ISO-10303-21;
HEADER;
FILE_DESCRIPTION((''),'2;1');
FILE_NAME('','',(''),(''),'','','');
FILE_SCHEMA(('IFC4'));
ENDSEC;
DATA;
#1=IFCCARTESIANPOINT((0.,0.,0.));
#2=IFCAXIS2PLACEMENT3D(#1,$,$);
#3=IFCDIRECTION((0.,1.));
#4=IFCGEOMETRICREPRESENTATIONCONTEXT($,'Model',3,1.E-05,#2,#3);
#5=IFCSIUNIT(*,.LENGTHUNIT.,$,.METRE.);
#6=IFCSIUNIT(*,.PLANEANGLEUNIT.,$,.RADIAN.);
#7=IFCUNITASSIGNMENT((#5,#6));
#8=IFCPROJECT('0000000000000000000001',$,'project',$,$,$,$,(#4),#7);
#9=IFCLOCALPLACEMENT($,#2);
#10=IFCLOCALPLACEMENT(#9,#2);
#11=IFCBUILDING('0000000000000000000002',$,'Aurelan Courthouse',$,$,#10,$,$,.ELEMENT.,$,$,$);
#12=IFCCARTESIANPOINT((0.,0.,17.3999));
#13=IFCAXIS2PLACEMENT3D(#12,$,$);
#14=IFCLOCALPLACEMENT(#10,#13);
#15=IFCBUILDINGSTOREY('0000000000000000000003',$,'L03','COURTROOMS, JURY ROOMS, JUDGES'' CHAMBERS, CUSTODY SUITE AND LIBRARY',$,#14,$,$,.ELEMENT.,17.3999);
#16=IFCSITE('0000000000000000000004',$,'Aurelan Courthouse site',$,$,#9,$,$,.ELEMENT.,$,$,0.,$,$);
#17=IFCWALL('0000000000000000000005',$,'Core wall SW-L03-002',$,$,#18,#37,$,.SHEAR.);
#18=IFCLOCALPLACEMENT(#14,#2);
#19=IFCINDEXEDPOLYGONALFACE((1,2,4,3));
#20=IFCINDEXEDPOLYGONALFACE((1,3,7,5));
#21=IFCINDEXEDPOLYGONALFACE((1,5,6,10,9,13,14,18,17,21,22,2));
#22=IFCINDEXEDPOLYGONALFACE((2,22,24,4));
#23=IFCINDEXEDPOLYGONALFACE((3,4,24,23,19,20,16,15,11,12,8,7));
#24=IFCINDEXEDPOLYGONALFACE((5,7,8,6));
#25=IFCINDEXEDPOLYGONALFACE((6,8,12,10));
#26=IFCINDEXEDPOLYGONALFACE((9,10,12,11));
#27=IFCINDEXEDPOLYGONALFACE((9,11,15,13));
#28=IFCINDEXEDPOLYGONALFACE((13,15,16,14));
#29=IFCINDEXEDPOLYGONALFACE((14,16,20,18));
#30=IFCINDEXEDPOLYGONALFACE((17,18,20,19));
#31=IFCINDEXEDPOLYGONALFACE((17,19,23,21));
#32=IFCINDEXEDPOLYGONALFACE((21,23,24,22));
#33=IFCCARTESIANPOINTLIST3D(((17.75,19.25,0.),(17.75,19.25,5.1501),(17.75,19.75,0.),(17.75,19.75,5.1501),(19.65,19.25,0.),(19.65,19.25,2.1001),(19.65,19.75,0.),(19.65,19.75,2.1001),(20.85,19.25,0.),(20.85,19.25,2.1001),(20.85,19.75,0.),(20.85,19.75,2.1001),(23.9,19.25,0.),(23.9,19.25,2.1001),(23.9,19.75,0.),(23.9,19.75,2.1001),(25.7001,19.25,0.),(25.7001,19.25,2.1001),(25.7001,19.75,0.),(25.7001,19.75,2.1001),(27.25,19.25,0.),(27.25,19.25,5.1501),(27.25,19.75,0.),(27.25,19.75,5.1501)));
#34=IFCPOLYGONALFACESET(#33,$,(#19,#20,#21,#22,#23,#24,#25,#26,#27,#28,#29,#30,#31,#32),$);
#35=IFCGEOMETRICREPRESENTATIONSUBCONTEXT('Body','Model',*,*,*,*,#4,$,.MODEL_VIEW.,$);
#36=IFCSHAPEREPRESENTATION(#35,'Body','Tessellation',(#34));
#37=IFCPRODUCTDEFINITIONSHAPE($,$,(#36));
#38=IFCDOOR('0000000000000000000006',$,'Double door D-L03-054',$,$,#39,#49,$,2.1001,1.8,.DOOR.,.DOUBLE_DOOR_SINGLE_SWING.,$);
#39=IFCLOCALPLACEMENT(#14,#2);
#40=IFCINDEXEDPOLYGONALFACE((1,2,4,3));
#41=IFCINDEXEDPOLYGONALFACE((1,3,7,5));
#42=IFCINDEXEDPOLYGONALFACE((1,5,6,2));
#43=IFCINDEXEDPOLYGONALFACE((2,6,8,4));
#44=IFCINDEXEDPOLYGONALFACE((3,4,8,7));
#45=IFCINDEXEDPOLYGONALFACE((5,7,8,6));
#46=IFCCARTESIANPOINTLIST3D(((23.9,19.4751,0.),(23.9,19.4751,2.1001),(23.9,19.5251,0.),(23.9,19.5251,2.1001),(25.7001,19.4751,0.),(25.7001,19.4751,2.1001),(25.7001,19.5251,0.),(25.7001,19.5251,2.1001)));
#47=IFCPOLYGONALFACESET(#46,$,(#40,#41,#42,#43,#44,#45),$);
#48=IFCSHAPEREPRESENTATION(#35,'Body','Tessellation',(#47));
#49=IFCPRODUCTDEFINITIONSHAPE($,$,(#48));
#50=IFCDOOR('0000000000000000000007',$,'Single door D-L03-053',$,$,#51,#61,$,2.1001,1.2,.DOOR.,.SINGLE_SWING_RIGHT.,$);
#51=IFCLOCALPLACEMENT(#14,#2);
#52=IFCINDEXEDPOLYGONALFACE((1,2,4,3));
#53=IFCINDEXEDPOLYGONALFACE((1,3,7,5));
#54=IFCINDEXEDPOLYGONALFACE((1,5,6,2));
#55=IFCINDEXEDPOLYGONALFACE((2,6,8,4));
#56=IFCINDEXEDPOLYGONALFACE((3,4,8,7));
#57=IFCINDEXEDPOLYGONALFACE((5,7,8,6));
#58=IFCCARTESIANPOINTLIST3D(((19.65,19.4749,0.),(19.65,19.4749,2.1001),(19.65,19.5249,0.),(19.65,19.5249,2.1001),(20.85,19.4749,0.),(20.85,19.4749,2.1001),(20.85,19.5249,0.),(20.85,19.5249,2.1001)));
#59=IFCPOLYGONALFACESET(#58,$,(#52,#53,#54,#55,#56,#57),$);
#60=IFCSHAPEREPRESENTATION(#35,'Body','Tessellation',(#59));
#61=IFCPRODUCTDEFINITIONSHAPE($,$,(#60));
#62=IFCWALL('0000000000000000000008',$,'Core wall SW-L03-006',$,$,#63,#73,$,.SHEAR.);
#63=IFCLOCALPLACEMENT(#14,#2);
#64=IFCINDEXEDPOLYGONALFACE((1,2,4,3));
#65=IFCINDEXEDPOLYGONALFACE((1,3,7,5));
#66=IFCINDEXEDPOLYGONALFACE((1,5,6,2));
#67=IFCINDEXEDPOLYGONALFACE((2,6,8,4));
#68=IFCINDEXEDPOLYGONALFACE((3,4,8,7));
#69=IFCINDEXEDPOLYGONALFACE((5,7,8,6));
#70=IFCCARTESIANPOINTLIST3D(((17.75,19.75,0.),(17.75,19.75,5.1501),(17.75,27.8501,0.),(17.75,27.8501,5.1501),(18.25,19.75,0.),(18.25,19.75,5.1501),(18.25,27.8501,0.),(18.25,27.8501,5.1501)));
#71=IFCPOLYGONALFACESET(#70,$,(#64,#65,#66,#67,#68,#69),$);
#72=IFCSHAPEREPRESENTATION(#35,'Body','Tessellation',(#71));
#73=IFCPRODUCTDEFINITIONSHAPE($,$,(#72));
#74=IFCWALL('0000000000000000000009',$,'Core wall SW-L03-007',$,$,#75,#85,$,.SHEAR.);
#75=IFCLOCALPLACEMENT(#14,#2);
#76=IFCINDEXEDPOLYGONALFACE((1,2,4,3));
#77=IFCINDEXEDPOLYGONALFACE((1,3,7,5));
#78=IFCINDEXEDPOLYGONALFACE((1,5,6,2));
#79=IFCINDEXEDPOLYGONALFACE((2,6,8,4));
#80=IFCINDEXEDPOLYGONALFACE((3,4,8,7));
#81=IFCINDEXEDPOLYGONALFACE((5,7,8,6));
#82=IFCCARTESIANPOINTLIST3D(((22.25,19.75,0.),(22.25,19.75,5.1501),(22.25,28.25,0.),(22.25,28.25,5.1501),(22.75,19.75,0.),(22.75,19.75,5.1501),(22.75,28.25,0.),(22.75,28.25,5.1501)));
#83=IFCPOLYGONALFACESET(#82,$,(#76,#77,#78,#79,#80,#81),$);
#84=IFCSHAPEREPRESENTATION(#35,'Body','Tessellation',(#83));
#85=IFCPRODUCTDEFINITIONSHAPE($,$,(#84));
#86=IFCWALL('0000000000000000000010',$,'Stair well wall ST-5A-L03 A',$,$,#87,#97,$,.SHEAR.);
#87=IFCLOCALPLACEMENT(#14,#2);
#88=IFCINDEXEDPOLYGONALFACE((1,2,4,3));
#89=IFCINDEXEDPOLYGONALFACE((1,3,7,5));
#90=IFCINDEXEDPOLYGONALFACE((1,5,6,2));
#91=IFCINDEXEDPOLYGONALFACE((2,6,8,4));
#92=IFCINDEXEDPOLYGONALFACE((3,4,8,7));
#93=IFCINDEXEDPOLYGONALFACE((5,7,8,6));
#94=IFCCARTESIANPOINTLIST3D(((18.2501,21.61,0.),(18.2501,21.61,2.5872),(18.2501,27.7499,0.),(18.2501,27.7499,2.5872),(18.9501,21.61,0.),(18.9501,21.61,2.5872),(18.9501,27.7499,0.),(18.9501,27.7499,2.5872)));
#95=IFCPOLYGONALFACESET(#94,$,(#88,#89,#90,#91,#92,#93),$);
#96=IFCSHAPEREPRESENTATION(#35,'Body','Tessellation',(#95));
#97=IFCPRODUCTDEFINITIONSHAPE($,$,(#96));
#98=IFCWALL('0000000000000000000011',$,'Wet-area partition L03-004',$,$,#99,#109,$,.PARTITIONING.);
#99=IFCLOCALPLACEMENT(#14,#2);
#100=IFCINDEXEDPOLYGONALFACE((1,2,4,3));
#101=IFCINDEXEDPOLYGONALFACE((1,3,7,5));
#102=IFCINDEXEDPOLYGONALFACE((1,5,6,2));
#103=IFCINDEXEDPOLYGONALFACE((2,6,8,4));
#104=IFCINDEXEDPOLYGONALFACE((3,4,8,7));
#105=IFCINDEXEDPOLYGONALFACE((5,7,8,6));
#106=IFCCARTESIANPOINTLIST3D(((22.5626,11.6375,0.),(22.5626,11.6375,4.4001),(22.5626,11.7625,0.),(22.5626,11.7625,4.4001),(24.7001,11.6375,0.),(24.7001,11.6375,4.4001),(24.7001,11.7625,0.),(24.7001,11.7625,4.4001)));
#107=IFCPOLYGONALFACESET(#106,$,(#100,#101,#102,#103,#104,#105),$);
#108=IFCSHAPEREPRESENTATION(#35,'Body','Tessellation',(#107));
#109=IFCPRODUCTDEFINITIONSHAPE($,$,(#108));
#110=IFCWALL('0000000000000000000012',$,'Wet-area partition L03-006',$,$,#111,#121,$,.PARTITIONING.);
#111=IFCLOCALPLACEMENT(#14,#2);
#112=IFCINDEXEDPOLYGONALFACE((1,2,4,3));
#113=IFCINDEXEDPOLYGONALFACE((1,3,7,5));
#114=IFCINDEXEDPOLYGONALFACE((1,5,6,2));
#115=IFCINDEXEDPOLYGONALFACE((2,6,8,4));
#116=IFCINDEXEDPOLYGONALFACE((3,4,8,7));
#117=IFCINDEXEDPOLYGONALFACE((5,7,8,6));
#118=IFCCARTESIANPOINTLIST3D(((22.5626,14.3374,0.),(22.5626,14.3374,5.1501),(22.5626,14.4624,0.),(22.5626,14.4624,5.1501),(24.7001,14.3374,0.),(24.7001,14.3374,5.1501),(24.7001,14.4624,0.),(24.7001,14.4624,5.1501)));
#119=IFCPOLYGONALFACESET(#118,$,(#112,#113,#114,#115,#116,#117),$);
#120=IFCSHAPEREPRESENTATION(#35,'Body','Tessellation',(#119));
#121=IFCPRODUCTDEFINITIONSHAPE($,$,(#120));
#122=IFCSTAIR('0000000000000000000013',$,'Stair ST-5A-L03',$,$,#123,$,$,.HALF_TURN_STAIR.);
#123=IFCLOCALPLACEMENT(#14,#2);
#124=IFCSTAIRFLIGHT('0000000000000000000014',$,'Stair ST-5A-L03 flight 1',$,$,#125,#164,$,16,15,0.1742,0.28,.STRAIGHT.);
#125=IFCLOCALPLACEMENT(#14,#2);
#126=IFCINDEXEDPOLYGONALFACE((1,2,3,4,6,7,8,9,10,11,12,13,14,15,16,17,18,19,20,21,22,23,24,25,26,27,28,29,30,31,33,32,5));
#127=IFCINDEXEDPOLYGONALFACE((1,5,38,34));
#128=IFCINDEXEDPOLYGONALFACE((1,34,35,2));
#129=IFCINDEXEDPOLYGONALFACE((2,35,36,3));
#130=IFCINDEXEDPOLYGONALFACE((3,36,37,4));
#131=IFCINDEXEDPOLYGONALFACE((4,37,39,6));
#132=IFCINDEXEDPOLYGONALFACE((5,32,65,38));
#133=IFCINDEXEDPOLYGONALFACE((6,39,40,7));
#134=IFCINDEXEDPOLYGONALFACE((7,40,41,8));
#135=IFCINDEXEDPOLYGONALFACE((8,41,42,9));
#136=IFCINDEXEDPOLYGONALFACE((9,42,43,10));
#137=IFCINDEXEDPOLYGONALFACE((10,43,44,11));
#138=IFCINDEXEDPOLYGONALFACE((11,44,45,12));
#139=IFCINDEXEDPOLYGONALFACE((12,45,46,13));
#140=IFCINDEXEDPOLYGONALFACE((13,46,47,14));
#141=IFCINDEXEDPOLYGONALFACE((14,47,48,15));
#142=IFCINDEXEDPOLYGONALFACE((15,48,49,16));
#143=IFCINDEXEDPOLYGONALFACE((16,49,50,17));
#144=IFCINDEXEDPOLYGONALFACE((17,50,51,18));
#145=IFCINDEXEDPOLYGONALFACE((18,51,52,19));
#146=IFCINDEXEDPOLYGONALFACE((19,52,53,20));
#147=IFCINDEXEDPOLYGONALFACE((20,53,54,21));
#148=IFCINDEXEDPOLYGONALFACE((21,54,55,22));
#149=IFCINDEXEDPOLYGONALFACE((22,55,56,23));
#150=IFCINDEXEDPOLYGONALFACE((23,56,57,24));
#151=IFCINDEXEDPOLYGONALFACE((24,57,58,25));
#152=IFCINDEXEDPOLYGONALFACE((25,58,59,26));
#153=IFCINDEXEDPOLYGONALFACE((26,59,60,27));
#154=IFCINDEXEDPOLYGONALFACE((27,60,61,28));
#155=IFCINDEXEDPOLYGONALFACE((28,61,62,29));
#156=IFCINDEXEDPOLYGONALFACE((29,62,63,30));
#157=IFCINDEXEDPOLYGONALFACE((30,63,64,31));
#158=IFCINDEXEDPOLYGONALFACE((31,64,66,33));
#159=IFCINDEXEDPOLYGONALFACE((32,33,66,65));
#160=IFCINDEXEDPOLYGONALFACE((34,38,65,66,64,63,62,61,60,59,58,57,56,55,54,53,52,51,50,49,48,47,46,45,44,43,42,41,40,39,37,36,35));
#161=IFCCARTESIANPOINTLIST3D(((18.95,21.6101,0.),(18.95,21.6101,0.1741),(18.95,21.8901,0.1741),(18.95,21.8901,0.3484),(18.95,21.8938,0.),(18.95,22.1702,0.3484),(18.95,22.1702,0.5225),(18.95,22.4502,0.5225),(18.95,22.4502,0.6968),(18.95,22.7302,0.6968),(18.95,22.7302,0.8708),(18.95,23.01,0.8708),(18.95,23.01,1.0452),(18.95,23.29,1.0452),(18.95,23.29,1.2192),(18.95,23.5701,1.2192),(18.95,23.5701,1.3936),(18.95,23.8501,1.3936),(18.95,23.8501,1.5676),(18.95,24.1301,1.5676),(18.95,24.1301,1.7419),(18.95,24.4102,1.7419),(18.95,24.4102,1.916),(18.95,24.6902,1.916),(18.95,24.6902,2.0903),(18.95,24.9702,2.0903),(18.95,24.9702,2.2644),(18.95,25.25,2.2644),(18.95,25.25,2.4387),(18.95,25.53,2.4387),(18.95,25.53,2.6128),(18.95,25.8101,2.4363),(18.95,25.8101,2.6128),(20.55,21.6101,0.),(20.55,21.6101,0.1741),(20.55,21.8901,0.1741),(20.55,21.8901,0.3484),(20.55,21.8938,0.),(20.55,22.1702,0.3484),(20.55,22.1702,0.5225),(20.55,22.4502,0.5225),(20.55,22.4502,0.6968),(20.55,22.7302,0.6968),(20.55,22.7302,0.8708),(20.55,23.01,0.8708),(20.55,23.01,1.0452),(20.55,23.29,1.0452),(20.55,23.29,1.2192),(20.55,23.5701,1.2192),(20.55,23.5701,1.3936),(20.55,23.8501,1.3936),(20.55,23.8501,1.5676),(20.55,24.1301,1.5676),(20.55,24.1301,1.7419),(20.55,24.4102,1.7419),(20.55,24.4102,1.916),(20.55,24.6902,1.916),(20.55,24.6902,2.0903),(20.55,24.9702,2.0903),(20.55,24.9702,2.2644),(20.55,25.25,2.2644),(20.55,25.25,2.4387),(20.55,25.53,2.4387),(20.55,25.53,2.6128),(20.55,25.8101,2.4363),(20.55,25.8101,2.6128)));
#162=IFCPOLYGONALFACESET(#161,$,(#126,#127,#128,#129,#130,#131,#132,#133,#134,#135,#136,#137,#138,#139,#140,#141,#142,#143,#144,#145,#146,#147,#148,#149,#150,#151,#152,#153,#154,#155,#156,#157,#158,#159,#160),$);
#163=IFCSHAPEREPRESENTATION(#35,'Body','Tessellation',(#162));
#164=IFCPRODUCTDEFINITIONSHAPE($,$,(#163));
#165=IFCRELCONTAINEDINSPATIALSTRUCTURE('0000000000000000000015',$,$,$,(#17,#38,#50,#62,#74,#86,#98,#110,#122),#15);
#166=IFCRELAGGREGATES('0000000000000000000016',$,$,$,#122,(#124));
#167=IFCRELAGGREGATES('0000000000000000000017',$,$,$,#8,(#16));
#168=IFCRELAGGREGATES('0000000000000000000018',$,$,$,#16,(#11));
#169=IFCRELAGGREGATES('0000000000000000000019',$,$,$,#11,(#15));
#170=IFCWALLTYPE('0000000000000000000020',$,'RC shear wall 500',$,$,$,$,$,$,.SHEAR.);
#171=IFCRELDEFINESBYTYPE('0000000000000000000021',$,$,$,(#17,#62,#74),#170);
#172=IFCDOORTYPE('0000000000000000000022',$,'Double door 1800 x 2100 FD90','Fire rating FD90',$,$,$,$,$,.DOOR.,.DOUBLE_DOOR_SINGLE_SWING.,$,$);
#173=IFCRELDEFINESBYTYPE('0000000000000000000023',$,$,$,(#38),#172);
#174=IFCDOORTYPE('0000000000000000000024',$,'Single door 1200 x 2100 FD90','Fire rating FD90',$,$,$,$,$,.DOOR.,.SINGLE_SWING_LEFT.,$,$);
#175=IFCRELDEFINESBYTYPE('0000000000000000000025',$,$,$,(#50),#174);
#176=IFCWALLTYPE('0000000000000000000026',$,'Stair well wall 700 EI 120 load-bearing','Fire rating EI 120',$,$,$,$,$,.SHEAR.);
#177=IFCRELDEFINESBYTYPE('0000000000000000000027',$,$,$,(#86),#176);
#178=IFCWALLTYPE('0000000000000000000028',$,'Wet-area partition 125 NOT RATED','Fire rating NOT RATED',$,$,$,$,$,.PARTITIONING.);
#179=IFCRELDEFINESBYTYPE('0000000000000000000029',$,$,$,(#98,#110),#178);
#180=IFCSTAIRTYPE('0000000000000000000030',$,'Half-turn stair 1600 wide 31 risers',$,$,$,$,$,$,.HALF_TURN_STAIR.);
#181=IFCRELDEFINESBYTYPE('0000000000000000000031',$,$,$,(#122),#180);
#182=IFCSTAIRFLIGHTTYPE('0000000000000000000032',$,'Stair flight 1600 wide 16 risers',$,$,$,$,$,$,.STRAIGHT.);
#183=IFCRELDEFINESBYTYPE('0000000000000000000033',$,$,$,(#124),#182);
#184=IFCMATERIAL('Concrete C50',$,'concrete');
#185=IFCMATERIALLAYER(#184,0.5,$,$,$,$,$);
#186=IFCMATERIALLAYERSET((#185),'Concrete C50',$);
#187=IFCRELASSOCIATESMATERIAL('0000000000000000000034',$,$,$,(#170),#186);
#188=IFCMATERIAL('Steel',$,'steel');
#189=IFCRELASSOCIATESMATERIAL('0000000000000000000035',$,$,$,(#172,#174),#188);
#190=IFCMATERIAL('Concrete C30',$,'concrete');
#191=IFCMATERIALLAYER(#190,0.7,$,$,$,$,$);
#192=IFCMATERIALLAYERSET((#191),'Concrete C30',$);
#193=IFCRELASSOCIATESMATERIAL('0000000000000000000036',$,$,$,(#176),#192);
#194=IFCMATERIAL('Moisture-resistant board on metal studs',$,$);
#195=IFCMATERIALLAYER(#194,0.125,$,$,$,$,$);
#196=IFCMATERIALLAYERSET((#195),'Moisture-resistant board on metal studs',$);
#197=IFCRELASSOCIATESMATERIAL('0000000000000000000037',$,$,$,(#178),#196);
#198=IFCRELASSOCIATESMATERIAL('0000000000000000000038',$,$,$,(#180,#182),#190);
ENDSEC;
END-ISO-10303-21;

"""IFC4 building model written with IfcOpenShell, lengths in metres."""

from ifc_helpers import new_model, si_unit, direction, frame, frame_2d, origin, place, context, subcontext, project, spatial, polyline, rectangle, outline, extrude, material, layer, layer_set, type_object, element, fill, aggregate, save


model = new_model("IFC4")

# Units and contexts
model_context = context("Model", 3, precision=1e-05, world=origin(), true_north=direction((0.0, 1.0)))
body_context = subcontext(model_context, "Body", "Model", "MODEL_VIEW")
ifc_project = project(units=[si_unit("LENGTHUNIT", "METRE"), si_unit("PLANEANGLEUNIT", "RADIAN")], contexts=[model_context])

# Site, building, storey
site_placement = place(None, origin())
site = spatial("IfcSite", under=ifc_project, at=site_placement, Name="Aurelan Courthouse site", CompositionType="ELEMENT", RefElevation=0.0)
building_placement = place(site_placement, origin())
building = spatial("IfcBuilding", under=site, at=building_placement, Name="Aurelan Courthouse", CompositionType="ELEMENT")
storey_placement = place(building_placement, frame((0.0, 0.0, 17.3999)))
storey = spatial("IfcBuildingStorey", under=building, at=storey_placement, Name="L03", Description="COURTROOMS, JURY ROOMS, JUDGES' CHAMBERS, CUSTODY SUITE AND LIBRARY", CompositionType="ELEMENT", Elevation=17.3999)

# Shared definitions
ifc_material_1 = material(Name="Concrete C50", Category="concrete")

# Shared definitions
ifc_material_2 = material(Name="Steel", Category="steel")

# Wall, openings, doors
ifc_layer_1 = layer(ifc_material_1, 0.5)
ifc_layer_set_1 = layer_set([ifc_layer_1], Name="Concrete C50")
wall_type_1 = type_object("IfcWallType", Name="RC shear wall 500", PredefinedType="SHEAR", material=ifc_layer_set_1)
wall_1_placement = place(storey_placement, frame((17.75, 19.5, 0.0), z_axis=(0.0, 0.0, 1.0), x_axis=(1.0, 0.0, 0.0)))
wall_1 = element("IfcWall", 1, at=wall_1_placement, inside=storey, type_object=wall_type_1, Name="Core wall SW-L03-002", PredefinedType="SHEAR", context=body_context, shape_type="SweptSolid", body=[
    extrude(rectangle(XDim=9.5, YDim=0.5, at=frame_2d((4.75, 0.0))), origin(), (0.0, 0.0, 1.0), 5.1501),
])
opening_1_placement = place(wall_1_placement, frame((1.8999, 0.0, 0.0)))
opening_1 = element("IfcOpeningElement", 2, at=opening_1_placement, cuts=wall_1, PredefinedType="OPENING", context=body_context, shape_type="SweptSolid", body=[
    extrude(rectangle(XDim=1.2, YDim=2.1001, at=frame_2d((0.6001, 1.05))), frame((0.0, 0.26, 0.0), z_axis=(0.0, -1.0, 0.0), x_axis=(1.0, 0.0, 0.0)), (0.0, 0.0, 1.0), 0.52),
])
opening_2_placement = place(wall_1_placement, frame((7.95, 0.0, 0.0), z_axis=(0.0, 0.0, 1.0), x_axis=(-1.0, 0.0, 0.0)))
opening_2 = element("IfcOpeningElement", 3, at=opening_2_placement, cuts=wall_1, PredefinedType="OPENING", context=body_context, shape_type="SweptSolid", body=[
    extrude(rectangle(XDim=1.8, YDim=2.1001, at=frame_2d((0.8999, 1.05))), frame((0.0, 0.26, 0.0), z_axis=(0.0, -1.0, 0.0), x_axis=(1.0, 0.0, 0.0)), (0.0, 0.0, 1.0), 0.52),
])
door_type_1 = type_object("IfcDoorType", Name="Double door 1800 x 2100 FD90", Description="Fire rating FD90", OperationType="DOUBLE_DOOR_SINGLE_SWING", PredefinedType="DOOR", material=ifc_material_2)
door_1_placement = place(opening_2_placement, origin())
door_1 = element("IfcDoor", 4, at=door_1_placement, inside=storey, type_object=door_type_1, Name="Double door D-L03-054", OperationType="DOUBLE_DOOR_SINGLE_SWING", OverallHeight=2.1001, OverallWidth=1.8, PredefinedType="DOOR", context=body_context, shape_type="SweptSolid", body=[
    extrude(rectangle(XDim=1.8, YDim=2.1001, at=frame_2d((0.8999, 1.05))), frame((0.0, 0.0249, 0.0), z_axis=(0.0, -1.0, 0.0), x_axis=(1.0, 0.0, 0.0)), (0.0, 0.0, 1.0), 0.05),
])
fill(opening_2, door_1)
door_type_2 = type_object("IfcDoorType", Name="Single door 1200 x 2100 FD90", Description="Fire rating FD90", OperationType="SINGLE_SWING_LEFT", PredefinedType="DOOR", material=ifc_material_2)
door_2_placement = place(opening_1_placement, origin())
door_2 = element("IfcDoor", 5, at=door_2_placement, inside=storey, type_object=door_type_2, Name="Single door D-L03-053", OperationType="SINGLE_SWING_RIGHT", OverallHeight=2.1001, OverallWidth=1.2, PredefinedType="DOOR", context=body_context, shape_type="SweptSolid", body=[
    extrude(rectangle(XDim=1.2, YDim=2.1001, at=frame_2d((0.6001, 1.05))), frame((0.0, 0.0249, 0.0), z_axis=(0.0, -1.0, 0.0), x_axis=(1.0, 0.0, 0.0)), (0.0, 0.0, 1.0), 0.05),
])
fill(opening_1, door_2)

# Walls
wall_2_placement = place(storey_placement, frame((18.0, 19.75, 0.0), z_axis=(0.0, 0.0, 1.0), x_axis=(0.0, 1.0, 0.0)))
element("IfcWall", 6, at=wall_2_placement, inside=storey, type_object=wall_type_1, Name="Core wall SW-L03-006", PredefinedType="SHEAR", context=body_context, shape_type="SweptSolid", body=[
    extrude(rectangle(XDim=8.1001, YDim=0.5, at=frame_2d((4.05, 0.0))), origin(), (0.0, 0.0, 1.0), 5.1501),
])
wall_3_placement = place(storey_placement, frame((22.5, 19.75, 0.0), z_axis=(0.0, 0.0, 1.0), x_axis=(0.0, 1.0, 0.0)))
element("IfcWall", 7, at=wall_3_placement, inside=storey, type_object=wall_type_1, Name="Core wall SW-L03-007", PredefinedType="SHEAR", context=body_context, shape_type="SweptSolid", body=[
    extrude(rectangle(XDim=8.5, YDim=0.5, at=frame_2d((4.25, 0.0))), origin(), (0.0, 0.0, 1.0), 5.1501),
])
ifc_material_3 = material(Name="Concrete C30", Category="concrete")
ifc_layer_2 = layer(ifc_material_3, 0.7)
ifc_layer_set_2 = layer_set([ifc_layer_2], Name="Concrete C30")
wall_type_2 = type_object("IfcWallType", Name="Stair well wall 700 EI 120 load-bearing", Description="Fire rating EI 120", PredefinedType="SHEAR", material=ifc_layer_set_2)
wall_4_placement = place(storey_placement, frame((18.6001, 21.6101, 0.0), z_axis=(0.0, 0.0, 1.0), x_axis=(0.0, 1.0, 0.0)))
element("IfcWall", 8, at=wall_4_placement, inside=storey, type_object=wall_type_2, Name="Stair well wall ST-5A-L03 A", PredefinedType="SHEAR", context=body_context, shape_type="SweptSolid", body=[
    extrude(rectangle(XDim=6.1399, YDim=0.7, at=frame_2d((3.0698, 0.0))), origin(), (0.0, 0.0, 1.0), 2.5872),
])
ifc_material_4 = material(Name="Moisture-resistant board on metal studs")
ifc_layer_3 = layer(ifc_material_4, 0.125)
ifc_layer_set_3 = layer_set([ifc_layer_3], Name="Moisture-resistant board on metal studs")
wall_type_3 = type_object("IfcWallType", Name="Wet-area partition 125 NOT RATED", Description="Fire rating NOT RATED", PredefinedType="PARTITIONING", material=ifc_layer_set_3)
wall_5_placement = place(storey_placement, frame((22.5625, 11.7, 0.0), z_axis=(0.0, 0.0, 1.0), x_axis=(1.0, 0.0, 0.0)))
element("IfcWall", 9, at=wall_5_placement, inside=storey, type_object=wall_type_3, Name="Wet-area partition L03-004", PredefinedType="PARTITIONING", context=body_context, shape_type="SweptSolid", body=[
    extrude(rectangle(XDim=2.1375, YDim=0.125, at=frame_2d((1.0688, 0.0))), origin(), (0.0, 0.0, 1.0), 4.4001),
])
wall_6_placement = place(storey_placement, frame((22.5625, 14.3999, 0.0), z_axis=(0.0, 0.0, 1.0), x_axis=(1.0, 0.0, 0.0)))
element("IfcWall", 10, at=wall_6_placement, inside=storey, type_object=wall_type_3, Name="Wet-area partition L03-006", PredefinedType="PARTITIONING", context=body_context, shape_type="SweptSolid", body=[
    extrude(rectangle(XDim=2.1375, YDim=0.125, at=frame_2d((1.0688, 0.0))), origin(), (0.0, 0.0, 1.0), 5.1501),
])

# Stair, stair flight
stair_type = type_object("IfcStairType", Name="Half-turn stair 1600 wide 31 risers", PredefinedType="HALF_TURN_STAIR", material=ifc_material_3)
stair_placement = place(storey_placement, origin())
stair = element("IfcStair", 11, at=stair_placement, inside=storey, type_object=stair_type, Name="Stair ST-5A-L03", PredefinedType="HALF_TURN_STAIR")
stair_flight_type = type_object("IfcStairFlightType", Name="Stair flight 1600 wide 16 risers", PredefinedType="STRAIGHT", material=ifc_material_3)
stair_flight_placement = place(storey_placement, frame((19.75, 21.6101, 0.0), z_axis=(0.0, 0.0, 1.0), x_axis=(0.0, 1.0, 0.0)))
stair_flight = element("IfcStairFlight", 12, at=stair_flight_placement, type_object=stair_flight_type, Name="Stair ST-5A-L03 flight 1", NumberOfRisers=16, NumberOfTreads=15, PredefinedType="STRAIGHT", RiserHeight=0.1742, TreadLength=0.28, context=body_context, shape_type="SweptSolid", body=[
    extrude(outline(polyline([(0.0, 0.0), (0.0, 0.1741), (0.28, 0.1741), (0.28, 0.3484), (0.5601, 0.3484), (0.5601, 0.5225), (0.8401, 0.5225), (0.8401, 0.6968), (1.1201, 0.6968), (1.1201, 0.8708), (1.3999, 0.8708), (1.3999, 1.0452), (1.6799, 1.0452), (1.6799, 1.2192), (1.96, 1.2192), (1.96, 1.3936), (2.24, 1.3936), (2.24, 1.5676), (2.52, 1.5676), (2.52, 1.7419), (2.8, 1.7419), (2.8, 1.916), (3.0801, 1.916), (3.0801, 2.0903), (3.3601, 2.0903), (3.3601, 2.2644), (3.6399, 2.2644), (3.6399, 2.4387), (3.9199, 2.4387), (3.9199, 2.6128), (4.2, 2.6128), (4.2, 2.7871), (4.2, 2.4363), (0.2837, 0.0), (0.0, 0.0)])), frame((0.0, 0.8, 0.0), z_axis=(0.0, -1.0, 0.0), x_axis=(1.0, 0.0, 0.0)), (0.0, 0.0, 1.0), 1.6001),
])
aggregate(stair, [stair_flight])

save(model, "model.ifc")
